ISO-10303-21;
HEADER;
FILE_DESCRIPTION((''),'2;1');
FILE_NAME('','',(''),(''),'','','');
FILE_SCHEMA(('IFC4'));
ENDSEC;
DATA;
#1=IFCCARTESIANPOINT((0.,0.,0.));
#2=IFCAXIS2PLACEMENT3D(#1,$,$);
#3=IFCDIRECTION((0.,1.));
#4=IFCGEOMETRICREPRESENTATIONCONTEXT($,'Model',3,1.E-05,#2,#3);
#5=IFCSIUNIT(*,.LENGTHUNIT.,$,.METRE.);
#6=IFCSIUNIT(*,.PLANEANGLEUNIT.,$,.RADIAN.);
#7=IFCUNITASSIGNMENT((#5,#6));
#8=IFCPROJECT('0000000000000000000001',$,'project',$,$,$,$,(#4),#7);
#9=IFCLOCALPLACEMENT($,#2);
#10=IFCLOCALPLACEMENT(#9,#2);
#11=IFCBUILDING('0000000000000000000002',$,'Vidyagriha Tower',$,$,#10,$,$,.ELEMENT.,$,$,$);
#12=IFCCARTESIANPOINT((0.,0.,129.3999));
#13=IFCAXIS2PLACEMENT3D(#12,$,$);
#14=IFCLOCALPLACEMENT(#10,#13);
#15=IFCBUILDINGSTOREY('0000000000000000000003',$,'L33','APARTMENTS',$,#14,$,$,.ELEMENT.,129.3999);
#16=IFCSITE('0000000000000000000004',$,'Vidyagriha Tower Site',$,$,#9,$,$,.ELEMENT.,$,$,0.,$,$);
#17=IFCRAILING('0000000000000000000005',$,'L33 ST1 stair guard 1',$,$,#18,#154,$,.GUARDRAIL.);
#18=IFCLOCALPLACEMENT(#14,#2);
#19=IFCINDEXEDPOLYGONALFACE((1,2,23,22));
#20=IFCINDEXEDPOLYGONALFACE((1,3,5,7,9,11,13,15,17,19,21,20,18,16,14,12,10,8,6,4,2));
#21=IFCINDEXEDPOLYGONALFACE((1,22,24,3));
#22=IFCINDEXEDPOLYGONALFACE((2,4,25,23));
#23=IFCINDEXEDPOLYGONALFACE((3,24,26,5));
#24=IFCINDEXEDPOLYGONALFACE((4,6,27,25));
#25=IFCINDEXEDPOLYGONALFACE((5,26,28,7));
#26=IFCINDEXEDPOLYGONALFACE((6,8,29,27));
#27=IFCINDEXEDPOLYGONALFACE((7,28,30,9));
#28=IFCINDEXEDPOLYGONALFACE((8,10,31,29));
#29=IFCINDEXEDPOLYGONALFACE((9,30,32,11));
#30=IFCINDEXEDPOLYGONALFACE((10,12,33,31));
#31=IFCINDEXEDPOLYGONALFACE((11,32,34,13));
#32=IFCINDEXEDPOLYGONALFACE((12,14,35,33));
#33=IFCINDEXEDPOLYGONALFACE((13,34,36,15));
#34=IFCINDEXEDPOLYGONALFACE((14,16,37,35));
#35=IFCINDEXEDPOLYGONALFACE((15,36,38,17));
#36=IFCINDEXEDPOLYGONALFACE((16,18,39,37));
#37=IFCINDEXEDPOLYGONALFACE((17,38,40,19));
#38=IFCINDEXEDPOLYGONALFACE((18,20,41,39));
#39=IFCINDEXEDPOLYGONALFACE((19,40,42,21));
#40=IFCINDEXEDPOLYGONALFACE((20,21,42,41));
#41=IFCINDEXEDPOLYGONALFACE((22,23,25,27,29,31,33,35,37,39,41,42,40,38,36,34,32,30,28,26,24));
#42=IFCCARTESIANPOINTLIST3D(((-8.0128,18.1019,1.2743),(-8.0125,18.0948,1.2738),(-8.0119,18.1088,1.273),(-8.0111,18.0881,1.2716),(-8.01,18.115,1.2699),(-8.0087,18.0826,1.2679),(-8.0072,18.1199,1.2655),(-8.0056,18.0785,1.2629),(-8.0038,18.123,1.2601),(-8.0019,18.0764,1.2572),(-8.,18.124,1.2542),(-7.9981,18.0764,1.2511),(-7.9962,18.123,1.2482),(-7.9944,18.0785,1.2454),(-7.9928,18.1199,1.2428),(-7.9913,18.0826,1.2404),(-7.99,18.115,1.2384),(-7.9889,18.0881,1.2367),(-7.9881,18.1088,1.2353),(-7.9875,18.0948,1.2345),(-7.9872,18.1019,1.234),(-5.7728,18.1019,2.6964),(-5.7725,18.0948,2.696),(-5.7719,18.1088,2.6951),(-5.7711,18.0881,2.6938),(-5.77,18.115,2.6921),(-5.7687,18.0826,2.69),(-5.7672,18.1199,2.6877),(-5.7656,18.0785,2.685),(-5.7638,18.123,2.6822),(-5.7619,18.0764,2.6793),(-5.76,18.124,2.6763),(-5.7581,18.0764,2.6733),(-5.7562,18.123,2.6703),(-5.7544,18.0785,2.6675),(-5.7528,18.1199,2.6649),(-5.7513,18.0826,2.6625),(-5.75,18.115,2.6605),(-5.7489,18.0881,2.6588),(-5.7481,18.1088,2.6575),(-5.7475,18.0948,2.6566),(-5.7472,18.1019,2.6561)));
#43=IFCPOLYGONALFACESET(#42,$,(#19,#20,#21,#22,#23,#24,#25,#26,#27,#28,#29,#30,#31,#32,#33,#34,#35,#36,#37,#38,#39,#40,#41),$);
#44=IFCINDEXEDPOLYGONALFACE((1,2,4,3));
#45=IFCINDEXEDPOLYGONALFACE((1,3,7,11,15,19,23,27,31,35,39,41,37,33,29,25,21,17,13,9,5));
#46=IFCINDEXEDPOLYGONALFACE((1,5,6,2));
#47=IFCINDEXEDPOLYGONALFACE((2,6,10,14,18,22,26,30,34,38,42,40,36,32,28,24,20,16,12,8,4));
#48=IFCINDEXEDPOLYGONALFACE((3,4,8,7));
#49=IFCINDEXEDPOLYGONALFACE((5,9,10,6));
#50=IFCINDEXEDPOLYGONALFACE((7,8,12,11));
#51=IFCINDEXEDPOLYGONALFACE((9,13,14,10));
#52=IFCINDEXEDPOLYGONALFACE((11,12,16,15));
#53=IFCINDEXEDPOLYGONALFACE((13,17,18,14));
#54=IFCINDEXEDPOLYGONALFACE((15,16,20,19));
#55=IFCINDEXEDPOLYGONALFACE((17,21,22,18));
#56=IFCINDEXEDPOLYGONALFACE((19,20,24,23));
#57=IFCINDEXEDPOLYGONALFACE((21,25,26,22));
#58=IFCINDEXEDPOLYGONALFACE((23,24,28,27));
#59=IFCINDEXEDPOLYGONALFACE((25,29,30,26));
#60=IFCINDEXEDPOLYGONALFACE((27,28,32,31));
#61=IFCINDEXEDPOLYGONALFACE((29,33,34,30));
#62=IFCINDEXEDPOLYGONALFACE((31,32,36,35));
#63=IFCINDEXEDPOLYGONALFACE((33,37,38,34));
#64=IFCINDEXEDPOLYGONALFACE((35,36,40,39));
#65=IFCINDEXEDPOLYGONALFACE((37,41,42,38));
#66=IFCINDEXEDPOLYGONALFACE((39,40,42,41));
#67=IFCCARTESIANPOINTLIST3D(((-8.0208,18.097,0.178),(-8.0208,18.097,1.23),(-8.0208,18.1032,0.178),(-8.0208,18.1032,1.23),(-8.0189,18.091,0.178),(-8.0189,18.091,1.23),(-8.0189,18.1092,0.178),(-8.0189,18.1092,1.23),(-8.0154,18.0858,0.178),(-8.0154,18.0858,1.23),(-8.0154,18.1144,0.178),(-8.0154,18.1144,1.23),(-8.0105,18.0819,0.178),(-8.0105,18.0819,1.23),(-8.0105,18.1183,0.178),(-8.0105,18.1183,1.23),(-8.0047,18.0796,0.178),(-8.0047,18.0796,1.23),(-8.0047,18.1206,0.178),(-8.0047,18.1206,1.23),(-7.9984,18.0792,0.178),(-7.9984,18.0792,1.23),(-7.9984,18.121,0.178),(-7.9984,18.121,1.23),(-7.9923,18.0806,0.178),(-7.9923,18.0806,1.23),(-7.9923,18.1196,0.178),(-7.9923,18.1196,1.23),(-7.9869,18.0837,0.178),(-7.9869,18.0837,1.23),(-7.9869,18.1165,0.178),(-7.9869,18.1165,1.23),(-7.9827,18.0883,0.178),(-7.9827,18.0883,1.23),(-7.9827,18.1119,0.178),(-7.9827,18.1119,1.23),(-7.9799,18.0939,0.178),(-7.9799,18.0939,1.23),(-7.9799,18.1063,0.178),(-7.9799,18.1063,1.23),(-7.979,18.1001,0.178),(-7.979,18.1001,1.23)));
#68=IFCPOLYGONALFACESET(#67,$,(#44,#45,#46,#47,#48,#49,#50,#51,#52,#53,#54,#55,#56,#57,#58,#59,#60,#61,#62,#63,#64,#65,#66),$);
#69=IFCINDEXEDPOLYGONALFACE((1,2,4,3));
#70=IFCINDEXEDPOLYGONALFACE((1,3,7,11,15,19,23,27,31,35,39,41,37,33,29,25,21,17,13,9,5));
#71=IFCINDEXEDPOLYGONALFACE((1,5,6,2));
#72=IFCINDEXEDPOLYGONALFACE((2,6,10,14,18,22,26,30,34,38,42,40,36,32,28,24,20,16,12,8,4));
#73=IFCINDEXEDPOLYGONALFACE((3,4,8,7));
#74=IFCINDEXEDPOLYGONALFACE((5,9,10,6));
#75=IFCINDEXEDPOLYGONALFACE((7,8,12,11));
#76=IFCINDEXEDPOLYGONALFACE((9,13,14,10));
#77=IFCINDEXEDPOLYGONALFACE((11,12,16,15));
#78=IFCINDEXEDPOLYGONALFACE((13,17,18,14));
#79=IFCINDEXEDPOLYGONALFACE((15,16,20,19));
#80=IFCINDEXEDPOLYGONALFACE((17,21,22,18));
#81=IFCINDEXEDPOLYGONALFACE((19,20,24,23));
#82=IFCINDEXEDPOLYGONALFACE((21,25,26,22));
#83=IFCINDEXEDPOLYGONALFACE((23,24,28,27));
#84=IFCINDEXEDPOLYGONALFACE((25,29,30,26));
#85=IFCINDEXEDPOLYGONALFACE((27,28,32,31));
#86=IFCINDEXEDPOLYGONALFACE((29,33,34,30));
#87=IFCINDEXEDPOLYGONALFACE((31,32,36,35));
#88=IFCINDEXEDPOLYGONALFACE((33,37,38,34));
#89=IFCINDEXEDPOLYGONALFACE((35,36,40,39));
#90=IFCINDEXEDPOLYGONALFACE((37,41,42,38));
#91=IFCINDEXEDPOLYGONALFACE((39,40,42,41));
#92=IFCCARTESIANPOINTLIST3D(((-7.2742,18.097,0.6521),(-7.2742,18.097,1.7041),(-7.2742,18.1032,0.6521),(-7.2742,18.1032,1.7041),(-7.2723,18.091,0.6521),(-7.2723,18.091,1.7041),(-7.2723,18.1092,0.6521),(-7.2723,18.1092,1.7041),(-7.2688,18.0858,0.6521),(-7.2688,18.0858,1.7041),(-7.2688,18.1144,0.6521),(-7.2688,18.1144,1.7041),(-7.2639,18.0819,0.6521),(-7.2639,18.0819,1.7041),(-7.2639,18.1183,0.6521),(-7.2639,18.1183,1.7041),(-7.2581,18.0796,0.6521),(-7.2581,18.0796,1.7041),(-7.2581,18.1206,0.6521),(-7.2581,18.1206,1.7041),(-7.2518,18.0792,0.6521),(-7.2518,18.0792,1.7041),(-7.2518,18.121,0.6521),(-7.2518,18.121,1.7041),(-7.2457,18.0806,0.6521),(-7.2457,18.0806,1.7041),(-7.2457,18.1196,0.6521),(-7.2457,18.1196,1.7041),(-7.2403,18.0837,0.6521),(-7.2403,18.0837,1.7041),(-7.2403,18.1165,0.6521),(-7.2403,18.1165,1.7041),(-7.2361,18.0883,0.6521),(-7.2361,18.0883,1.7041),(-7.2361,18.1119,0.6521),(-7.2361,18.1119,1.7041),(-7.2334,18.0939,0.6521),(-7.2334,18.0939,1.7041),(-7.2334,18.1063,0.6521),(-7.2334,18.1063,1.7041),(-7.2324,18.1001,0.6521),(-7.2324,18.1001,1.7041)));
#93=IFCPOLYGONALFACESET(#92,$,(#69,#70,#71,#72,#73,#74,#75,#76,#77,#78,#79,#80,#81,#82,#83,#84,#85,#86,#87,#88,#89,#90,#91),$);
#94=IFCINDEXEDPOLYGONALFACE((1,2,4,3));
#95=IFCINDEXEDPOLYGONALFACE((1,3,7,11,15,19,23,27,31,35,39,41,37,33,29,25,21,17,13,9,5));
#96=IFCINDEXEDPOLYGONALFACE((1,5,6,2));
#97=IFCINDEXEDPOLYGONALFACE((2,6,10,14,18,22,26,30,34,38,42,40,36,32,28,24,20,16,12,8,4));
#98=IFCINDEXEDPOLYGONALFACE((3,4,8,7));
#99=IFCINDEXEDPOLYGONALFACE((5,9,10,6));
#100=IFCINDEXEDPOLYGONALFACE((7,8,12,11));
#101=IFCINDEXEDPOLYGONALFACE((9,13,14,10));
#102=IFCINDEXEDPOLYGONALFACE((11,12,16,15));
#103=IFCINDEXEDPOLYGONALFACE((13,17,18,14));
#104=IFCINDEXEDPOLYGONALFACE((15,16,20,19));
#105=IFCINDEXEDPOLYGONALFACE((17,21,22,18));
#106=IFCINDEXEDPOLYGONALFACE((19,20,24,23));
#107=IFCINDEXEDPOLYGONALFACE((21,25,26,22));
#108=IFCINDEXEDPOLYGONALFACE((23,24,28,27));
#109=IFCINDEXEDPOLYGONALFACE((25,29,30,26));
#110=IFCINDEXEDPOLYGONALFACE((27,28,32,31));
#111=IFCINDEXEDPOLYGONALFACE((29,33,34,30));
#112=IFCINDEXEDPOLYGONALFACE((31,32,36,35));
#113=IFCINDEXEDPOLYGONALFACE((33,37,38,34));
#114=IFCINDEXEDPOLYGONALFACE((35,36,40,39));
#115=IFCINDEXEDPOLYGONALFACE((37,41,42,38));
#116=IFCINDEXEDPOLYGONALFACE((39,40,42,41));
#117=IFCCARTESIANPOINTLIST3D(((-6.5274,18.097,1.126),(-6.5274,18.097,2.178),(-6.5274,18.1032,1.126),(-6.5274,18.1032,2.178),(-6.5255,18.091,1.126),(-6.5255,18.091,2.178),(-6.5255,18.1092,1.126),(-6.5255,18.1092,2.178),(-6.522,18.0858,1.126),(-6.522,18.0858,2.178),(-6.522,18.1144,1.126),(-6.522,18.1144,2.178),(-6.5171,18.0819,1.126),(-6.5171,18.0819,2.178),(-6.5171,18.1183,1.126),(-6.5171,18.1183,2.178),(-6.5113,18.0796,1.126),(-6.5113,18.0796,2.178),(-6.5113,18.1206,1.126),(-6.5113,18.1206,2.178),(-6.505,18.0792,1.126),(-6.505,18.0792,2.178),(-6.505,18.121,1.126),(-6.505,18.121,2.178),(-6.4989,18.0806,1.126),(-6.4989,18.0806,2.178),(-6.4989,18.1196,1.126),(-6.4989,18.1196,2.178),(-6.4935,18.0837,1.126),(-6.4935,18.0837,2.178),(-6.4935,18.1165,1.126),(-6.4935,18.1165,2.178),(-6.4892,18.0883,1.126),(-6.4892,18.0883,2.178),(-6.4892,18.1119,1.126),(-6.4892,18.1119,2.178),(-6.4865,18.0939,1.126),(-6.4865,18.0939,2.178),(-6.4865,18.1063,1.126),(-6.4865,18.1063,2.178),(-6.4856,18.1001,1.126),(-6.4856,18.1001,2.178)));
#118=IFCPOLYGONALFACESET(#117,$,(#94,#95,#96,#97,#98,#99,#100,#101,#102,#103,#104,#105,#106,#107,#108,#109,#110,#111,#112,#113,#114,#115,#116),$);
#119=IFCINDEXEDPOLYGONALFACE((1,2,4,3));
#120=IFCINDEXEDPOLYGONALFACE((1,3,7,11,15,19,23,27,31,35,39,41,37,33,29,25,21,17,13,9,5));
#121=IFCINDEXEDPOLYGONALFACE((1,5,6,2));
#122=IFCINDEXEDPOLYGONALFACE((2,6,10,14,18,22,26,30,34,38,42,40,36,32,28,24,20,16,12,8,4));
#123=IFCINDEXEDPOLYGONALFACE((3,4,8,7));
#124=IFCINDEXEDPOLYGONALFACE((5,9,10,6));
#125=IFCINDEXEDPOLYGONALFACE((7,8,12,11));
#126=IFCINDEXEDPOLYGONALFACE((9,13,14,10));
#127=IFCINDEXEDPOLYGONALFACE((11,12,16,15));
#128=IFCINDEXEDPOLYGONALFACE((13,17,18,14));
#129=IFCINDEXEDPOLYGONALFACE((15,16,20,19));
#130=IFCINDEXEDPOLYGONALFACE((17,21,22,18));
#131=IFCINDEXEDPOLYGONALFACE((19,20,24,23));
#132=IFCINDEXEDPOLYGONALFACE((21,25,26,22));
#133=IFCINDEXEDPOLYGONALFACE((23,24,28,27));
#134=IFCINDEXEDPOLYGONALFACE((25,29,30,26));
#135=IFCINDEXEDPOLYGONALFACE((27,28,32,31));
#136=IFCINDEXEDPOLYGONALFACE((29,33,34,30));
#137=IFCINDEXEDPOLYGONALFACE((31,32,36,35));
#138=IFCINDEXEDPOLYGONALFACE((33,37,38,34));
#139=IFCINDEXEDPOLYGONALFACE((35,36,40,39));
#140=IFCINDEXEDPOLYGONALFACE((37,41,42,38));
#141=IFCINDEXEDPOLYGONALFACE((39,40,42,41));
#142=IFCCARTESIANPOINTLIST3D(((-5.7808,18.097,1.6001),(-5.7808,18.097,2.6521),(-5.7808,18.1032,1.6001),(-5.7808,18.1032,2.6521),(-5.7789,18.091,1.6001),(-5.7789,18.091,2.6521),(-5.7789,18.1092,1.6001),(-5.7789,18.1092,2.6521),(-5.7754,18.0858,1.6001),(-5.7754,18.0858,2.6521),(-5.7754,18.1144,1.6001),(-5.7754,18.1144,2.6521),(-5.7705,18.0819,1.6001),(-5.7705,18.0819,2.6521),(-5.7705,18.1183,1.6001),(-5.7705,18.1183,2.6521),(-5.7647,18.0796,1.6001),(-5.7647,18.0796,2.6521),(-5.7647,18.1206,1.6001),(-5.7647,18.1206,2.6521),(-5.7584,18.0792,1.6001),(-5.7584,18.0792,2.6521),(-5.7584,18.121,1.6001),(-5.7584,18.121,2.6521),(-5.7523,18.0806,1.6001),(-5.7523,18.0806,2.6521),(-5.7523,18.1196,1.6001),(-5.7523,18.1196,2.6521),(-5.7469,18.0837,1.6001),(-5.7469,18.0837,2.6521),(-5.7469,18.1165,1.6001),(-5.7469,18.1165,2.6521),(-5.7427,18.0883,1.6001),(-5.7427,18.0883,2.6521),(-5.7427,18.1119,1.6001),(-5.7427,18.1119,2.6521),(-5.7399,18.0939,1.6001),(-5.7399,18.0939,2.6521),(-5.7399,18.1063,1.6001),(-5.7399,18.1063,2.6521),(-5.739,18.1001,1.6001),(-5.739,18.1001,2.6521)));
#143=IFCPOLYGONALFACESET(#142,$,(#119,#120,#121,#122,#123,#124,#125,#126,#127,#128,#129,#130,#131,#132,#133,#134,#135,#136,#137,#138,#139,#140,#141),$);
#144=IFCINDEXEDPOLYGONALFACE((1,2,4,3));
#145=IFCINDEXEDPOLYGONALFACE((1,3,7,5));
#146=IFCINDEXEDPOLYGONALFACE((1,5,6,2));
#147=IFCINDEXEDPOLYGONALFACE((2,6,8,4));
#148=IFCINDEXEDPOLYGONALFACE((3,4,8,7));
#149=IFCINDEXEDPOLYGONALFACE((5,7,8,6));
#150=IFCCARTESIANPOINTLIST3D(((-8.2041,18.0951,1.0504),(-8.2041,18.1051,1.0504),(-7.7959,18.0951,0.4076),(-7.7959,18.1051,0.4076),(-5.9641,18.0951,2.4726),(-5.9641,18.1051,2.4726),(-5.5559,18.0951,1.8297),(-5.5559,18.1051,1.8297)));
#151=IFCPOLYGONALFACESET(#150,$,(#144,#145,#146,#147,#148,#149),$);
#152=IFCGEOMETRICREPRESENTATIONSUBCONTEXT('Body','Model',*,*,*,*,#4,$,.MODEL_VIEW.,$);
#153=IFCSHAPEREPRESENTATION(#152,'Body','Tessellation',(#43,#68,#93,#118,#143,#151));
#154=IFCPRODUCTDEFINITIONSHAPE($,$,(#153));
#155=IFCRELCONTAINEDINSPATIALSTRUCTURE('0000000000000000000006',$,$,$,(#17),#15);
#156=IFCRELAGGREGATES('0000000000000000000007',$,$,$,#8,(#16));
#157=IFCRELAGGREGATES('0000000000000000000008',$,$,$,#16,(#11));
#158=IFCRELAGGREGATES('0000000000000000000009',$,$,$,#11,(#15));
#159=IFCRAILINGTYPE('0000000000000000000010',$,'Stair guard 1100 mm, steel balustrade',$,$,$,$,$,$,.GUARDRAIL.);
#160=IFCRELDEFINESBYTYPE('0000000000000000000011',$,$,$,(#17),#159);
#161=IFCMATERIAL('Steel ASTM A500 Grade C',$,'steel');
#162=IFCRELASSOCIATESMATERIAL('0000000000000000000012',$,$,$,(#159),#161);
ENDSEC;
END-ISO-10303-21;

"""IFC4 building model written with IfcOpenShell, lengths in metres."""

from ifc_helpers import new_model, si_unit, direction, frame, origin, origin_2d, place, context, subcontext, project, spatial, rectangle, circle, extrude, material, type_object, element, save


model = new_model("IFC4")

# Units and contexts
model_context = context("Model", 3, precision=1e-05, world=origin(), true_north=direction((0.0, 1.0)))
body_context = subcontext(model_context, "Body", "Model", "MODEL_VIEW")
ifc_project = project(units=[si_unit("LENGTHUNIT", "METRE"), si_unit("PLANEANGLEUNIT", "RADIAN")], contexts=[model_context])

# Site, building, storey
site_placement = place(None, origin())
site = spatial("IfcSite", under=ifc_project, at=site_placement, Name="Vidyagriha Tower Site", CompositionType="ELEMENT", RefElevation=0.0)
building_placement = place(site_placement, origin())
building = spatial("IfcBuilding", under=site, at=building_placement, Name="Vidyagriha Tower", CompositionType="ELEMENT")
storey_placement = place(building_placement, frame((0.0, 0.0, 129.3999)))
storey = spatial("IfcBuildingStorey", under=building, at=storey_placement, Name="L33", Description="APARTMENTS", CompositionType="ELEMENT", Elevation=129.3999)

# Railing
ifc_material_1 = material(Name="Steel ASTM A500 Grade C", Category="steel")
railing_type_1 = type_object("IfcRailingType", Name="Stair guard 1100 mm, steel balustrade", PredefinedType="GUARDRAIL", material=ifc_material_1)
railing_1_placement = place(storey_placement, frame((-8.0, 18.1001, 0.178)))
element("IfcRailing", 1, at=railing_1_placement, inside=storey, type_object=railing_type_1, Name="L33 ST1 stair guard 1", PredefinedType="GUARDRAIL", context=body_context, shape_type="SweptSolid", body=[
    extrude(circle(Radius=0.0239, at=origin_2d()), frame((0.0, 0.0, 1.0762), z_axis=(0.844229, 0.0, 0.535982), x_axis=(0.0, 1.0, 0.0)), (0.0, 0.0, 1.0), 2.6533),
    extrude(circle(Radius=0.021, at=origin_2d()), origin(), (0.0, 0.0, 1.0), 1.052),
    extrude(circle(Radius=0.021, at=origin_2d()), frame((0.7466, 0.0, 0.4741)), (0.0, 0.0, 1.0), 1.052),
    extrude(circle(Radius=0.021, at=origin_2d()), frame((1.4934, 0.0, 0.948)), (0.0, 0.0, 1.0), 1.052),
    extrude(circle(Radius=0.021, at=origin_2d()), frame((2.24, 0.0, 1.4221)), (0.0, 0.0, 1.0), 1.052),
    extrude(rectangle(XDim=0.01, YDim=0.7615, at=origin_2d()), frame((0.0, 0.0, 0.551), z_axis=(0.844229, 0.0, 0.535982), x_axis=(0.0, 1.0, 0.0)), (0.0, 0.0, 1.0), 2.6533),
])

save(model, "model.ifc")
